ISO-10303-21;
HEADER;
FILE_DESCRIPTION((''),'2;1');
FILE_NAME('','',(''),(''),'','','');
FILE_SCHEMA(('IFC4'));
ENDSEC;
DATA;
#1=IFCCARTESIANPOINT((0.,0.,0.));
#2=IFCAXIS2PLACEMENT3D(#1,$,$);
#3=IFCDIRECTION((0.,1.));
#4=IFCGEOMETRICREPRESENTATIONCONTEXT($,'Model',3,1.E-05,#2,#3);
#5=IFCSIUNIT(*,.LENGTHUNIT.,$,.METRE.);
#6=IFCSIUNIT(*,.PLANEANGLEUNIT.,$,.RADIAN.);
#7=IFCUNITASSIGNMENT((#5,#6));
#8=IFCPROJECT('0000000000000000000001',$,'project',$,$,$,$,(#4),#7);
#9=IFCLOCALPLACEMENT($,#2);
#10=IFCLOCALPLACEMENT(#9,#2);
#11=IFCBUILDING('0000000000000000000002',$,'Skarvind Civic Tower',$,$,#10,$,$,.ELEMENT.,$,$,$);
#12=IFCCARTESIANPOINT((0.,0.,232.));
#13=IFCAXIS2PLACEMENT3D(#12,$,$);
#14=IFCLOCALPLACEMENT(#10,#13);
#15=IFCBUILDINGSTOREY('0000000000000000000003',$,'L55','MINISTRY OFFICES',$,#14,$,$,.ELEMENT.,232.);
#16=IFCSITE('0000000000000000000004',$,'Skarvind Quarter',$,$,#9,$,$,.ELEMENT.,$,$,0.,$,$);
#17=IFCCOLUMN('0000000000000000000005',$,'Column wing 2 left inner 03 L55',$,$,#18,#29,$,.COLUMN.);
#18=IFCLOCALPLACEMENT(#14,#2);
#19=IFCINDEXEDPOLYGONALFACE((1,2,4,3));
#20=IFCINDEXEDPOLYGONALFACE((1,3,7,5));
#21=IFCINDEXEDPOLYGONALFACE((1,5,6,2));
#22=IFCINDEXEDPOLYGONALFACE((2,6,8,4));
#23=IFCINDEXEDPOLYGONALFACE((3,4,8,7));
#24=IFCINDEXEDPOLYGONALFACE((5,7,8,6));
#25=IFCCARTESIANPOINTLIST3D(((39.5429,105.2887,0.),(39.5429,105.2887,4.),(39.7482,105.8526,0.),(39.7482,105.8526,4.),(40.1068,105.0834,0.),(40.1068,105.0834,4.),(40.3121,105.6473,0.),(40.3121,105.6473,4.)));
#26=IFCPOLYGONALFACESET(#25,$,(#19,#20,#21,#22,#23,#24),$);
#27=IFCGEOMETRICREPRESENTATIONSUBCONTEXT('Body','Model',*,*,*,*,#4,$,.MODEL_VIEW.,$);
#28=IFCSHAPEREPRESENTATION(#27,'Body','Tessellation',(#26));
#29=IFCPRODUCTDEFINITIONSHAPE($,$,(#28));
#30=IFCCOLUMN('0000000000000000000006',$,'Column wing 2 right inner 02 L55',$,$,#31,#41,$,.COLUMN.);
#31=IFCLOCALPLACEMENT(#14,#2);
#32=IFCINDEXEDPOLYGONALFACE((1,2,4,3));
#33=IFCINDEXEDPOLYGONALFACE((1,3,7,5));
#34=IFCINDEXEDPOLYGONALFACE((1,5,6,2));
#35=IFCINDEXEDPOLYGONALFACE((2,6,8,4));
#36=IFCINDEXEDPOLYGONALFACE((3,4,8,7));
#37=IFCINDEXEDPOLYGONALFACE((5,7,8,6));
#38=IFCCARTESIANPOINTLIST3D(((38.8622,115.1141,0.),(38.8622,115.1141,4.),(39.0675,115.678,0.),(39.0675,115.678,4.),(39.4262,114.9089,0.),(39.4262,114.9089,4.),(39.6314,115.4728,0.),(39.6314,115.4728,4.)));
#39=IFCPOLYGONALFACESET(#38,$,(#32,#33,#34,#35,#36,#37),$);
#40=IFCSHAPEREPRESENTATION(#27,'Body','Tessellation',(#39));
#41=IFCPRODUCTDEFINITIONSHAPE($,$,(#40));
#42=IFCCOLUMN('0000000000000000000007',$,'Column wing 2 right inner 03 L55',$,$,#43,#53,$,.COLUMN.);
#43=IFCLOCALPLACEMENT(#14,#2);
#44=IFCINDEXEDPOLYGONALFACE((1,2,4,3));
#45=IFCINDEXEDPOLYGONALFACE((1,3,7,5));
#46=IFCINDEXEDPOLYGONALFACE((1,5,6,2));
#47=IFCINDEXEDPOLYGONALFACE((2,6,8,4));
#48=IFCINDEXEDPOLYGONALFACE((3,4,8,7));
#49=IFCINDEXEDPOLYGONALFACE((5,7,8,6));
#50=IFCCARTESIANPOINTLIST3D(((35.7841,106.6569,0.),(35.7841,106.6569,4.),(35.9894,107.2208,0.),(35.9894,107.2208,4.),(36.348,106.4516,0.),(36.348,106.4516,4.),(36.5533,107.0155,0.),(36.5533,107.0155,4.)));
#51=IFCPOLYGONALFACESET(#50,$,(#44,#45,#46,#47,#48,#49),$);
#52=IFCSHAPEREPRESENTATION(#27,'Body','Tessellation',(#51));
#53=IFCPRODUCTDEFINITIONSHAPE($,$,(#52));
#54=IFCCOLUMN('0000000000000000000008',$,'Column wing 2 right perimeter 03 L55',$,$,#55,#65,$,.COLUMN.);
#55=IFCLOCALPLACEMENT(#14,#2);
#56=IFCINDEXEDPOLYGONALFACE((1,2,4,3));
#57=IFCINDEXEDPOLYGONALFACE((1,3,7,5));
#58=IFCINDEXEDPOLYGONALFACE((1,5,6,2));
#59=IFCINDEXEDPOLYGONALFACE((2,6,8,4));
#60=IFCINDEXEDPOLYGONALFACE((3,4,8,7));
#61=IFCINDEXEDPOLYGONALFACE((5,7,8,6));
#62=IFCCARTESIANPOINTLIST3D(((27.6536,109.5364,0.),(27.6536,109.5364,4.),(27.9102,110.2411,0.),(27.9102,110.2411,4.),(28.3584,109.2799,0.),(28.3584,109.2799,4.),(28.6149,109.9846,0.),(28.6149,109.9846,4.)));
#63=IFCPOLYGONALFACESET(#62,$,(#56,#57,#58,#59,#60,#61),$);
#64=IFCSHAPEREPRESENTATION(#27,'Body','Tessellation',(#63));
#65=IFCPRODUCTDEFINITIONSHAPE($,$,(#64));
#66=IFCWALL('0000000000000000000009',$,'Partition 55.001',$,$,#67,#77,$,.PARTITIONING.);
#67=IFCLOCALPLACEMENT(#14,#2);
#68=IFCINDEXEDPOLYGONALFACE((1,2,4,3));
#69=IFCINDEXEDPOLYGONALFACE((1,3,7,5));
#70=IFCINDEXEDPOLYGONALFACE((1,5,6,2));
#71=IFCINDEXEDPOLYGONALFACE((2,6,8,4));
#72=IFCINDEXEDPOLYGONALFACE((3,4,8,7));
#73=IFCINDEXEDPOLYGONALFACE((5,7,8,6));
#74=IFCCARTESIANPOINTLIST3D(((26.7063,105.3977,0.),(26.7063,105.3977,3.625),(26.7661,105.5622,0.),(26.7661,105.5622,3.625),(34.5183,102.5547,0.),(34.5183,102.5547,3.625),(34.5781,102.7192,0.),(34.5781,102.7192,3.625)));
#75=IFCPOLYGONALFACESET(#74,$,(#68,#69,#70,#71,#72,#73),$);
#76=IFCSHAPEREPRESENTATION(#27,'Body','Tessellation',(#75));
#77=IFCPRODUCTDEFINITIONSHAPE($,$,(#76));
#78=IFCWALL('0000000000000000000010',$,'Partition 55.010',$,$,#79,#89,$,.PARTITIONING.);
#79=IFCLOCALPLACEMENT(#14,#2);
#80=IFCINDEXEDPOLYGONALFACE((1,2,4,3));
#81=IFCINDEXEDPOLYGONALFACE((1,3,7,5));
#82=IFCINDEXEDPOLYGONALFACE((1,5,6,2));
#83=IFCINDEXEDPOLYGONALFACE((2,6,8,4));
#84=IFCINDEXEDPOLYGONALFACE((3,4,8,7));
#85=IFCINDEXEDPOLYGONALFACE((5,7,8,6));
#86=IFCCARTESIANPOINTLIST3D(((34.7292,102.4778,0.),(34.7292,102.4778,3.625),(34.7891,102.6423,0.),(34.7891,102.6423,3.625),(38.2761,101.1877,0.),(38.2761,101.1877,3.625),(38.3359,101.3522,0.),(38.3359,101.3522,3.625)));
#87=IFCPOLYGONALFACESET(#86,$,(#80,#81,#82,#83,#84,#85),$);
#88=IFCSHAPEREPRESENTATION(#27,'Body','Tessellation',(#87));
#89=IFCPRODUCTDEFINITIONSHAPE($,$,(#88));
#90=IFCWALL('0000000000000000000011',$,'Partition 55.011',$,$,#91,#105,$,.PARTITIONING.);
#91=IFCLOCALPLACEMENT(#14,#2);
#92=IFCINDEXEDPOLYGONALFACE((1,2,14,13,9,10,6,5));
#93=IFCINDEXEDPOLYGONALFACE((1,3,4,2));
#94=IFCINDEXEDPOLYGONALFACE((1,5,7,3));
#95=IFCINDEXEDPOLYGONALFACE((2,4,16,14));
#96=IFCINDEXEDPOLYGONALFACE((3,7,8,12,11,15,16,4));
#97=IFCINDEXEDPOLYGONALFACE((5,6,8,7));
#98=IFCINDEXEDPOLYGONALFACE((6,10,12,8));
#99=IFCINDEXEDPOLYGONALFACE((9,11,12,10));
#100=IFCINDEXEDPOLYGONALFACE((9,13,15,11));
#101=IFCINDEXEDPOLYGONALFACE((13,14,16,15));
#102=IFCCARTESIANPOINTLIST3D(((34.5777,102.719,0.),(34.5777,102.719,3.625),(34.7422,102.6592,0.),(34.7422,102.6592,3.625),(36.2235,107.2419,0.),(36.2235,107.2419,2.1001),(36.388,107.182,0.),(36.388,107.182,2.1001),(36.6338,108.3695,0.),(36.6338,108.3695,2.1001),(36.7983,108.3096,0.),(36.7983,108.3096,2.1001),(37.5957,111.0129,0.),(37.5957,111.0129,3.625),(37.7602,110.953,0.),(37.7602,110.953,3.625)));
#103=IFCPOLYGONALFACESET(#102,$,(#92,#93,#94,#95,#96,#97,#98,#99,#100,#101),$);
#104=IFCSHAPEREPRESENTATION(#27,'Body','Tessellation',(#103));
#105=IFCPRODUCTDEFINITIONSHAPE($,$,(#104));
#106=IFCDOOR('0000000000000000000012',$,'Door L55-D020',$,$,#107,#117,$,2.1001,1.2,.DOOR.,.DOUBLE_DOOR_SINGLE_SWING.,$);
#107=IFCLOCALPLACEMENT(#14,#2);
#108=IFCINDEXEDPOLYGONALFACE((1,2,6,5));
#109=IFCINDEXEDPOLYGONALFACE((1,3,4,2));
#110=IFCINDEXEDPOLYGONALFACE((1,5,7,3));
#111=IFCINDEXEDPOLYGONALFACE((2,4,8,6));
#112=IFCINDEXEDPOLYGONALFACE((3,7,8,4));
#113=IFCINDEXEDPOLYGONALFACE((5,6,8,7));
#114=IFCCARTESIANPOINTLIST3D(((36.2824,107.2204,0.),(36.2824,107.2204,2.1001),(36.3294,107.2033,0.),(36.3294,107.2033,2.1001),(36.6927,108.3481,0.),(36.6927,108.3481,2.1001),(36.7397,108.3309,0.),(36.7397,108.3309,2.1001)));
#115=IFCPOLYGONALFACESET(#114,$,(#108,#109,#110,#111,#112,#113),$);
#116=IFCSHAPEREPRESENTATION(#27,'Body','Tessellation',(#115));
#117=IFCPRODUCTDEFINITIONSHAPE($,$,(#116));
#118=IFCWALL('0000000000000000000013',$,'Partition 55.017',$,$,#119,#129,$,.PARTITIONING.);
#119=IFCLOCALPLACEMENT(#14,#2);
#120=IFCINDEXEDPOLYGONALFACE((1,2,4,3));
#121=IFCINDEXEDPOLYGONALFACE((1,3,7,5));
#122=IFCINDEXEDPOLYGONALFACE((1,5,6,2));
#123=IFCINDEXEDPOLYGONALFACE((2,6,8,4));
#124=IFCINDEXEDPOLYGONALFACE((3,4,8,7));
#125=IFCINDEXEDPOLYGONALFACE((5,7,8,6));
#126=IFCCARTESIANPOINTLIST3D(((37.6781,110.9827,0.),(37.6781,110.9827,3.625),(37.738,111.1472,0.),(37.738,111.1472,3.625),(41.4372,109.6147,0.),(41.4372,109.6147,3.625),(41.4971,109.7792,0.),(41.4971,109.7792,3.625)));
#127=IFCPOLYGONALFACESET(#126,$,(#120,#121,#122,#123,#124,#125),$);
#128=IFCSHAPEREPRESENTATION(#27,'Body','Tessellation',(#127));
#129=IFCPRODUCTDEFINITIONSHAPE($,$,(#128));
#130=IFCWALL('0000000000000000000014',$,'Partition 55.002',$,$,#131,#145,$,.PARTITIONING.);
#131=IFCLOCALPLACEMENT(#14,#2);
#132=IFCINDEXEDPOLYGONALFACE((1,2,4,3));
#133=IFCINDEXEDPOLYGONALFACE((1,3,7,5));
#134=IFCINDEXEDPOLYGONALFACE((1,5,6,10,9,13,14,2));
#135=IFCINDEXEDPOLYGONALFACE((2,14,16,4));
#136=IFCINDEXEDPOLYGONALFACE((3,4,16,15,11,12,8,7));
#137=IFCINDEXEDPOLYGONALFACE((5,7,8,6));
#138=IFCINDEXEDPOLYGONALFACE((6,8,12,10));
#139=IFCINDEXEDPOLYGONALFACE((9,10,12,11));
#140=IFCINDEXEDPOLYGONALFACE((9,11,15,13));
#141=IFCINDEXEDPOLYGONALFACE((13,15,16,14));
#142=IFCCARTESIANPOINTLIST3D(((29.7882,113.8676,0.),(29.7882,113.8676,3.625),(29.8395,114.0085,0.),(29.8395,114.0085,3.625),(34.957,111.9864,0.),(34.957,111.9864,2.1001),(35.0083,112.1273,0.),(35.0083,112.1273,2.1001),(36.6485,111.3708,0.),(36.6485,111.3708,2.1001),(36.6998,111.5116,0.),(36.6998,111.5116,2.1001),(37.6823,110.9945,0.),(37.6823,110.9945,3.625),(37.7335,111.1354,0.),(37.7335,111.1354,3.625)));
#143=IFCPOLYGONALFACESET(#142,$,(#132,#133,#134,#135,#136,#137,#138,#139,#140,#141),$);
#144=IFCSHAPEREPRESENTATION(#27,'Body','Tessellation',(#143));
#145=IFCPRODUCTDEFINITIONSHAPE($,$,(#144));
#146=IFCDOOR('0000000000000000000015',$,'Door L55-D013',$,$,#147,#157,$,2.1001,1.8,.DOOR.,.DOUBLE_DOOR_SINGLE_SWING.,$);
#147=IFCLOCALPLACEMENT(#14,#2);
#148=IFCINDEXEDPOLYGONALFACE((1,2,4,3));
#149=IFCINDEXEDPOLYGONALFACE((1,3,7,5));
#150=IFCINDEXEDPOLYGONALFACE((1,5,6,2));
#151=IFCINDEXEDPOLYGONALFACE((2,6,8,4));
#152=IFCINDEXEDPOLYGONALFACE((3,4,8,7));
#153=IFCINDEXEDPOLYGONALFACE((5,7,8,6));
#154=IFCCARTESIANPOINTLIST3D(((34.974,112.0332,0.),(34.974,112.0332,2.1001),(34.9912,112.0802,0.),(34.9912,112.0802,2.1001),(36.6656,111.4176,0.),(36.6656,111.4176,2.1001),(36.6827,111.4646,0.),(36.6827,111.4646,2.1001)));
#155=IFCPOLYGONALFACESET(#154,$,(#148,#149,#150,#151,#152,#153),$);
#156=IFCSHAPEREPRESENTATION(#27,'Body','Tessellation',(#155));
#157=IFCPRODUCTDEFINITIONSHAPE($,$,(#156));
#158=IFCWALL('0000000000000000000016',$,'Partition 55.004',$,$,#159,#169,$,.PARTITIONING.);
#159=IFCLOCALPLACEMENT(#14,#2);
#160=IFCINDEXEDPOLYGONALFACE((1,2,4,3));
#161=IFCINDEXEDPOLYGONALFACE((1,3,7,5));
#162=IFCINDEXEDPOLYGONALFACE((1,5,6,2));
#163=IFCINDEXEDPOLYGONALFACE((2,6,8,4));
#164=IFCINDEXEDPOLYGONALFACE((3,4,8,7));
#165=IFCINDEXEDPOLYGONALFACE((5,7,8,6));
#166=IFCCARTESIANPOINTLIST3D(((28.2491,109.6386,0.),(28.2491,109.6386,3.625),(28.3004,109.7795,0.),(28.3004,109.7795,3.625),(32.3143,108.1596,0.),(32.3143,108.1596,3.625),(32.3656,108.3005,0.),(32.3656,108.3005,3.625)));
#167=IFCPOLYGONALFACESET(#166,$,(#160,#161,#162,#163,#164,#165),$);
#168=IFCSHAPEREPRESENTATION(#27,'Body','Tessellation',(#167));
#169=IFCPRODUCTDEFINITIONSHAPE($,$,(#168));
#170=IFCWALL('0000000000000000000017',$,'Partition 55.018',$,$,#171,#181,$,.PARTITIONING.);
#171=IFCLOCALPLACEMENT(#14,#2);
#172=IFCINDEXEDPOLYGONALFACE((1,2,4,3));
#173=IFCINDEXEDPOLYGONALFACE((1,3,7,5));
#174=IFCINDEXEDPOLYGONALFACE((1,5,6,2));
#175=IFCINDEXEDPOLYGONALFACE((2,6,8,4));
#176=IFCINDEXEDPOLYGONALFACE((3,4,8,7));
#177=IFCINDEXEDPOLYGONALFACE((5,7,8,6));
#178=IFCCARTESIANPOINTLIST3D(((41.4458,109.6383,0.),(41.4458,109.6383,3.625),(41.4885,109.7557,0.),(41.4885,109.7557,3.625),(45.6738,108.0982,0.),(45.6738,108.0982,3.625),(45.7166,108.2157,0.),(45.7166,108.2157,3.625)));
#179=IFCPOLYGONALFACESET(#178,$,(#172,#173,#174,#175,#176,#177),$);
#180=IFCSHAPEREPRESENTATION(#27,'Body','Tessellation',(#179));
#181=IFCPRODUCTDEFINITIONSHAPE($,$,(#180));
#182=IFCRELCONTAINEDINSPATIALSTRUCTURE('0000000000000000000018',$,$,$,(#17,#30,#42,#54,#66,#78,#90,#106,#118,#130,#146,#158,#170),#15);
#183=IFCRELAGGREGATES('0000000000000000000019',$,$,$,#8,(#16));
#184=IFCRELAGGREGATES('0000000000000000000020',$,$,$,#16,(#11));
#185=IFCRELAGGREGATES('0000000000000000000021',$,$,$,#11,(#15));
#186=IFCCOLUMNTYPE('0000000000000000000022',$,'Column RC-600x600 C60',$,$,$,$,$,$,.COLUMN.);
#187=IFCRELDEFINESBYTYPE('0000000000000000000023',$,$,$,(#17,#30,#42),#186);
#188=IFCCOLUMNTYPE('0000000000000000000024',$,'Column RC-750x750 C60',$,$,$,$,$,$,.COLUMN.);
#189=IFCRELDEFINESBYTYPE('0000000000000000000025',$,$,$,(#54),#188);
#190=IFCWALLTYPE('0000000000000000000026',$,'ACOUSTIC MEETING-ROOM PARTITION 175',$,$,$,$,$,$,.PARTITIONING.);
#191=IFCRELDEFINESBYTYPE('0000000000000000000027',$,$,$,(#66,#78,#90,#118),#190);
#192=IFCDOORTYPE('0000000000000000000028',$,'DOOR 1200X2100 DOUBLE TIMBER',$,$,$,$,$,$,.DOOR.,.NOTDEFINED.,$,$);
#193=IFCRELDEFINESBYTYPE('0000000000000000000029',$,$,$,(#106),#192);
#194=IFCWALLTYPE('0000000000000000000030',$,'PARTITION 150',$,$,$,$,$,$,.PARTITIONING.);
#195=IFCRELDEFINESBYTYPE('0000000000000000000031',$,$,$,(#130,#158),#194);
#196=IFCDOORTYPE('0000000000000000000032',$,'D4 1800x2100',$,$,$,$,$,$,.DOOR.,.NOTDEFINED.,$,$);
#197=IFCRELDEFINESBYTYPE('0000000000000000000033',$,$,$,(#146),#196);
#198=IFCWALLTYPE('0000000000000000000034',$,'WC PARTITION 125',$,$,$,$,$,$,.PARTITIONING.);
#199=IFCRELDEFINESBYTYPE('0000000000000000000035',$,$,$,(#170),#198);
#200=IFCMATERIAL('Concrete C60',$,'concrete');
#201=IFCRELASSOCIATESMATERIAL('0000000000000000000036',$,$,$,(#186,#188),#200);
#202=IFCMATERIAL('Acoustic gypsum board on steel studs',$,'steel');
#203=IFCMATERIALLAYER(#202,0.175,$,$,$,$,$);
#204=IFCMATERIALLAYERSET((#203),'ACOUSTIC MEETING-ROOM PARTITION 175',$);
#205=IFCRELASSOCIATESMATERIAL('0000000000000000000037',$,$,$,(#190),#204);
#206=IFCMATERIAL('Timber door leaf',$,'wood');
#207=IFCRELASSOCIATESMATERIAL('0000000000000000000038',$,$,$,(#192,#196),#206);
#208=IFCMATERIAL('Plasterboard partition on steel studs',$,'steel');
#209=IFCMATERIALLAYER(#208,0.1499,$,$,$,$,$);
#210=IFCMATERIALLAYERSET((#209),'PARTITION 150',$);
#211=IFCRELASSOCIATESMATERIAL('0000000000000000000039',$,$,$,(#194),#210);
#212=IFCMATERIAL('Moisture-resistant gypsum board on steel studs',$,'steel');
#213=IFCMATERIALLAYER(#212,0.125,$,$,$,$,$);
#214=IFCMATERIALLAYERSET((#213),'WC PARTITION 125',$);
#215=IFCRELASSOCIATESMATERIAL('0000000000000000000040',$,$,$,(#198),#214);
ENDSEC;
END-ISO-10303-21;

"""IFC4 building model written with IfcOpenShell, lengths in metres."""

from ifc_helpers import new_model, si_unit, direction, frame, frame_2d, origin, origin_2d, place, context, subcontext, project, spatial, rectangle, extrude, material, layer, layer_set, material_profile, profile_set, type_object, element, fill, save


model = new_model("IFC4")

# Units and contexts
model_context = context("Model", 3, precision=1e-05, world=origin(), true_north=direction((0.0, 1.0)))
body_context = subcontext(model_context, "Body", "Model", "MODEL_VIEW")
ifc_project = project(units=[si_unit("LENGTHUNIT", "METRE"), si_unit("PLANEANGLEUNIT", "RADIAN")], contexts=[model_context])

# Site, building, storey
site_placement = place(None, origin())
site = spatial("IfcSite", under=ifc_project, at=site_placement, Name="Skarvind Quarter", CompositionType="ELEMENT", RefElevation=0.0)
building_placement = place(site_placement, origin())
building = spatial("IfcBuilding", under=site, at=building_placement, Name="Skarvind Civic Tower", CompositionType="ELEMENT")
storey_placement = place(building_placement, frame((0.0, 0.0, 232.0)))
storey = spatial("IfcBuildingStorey", under=building, at=storey_placement, Name="L55", Description="MINISTRY OFFICES", CompositionType="ELEMENT", Elevation=232.0)

# Columns
ifc_material_1 = material(Name="Concrete C60", Category="concrete")
ifc_material_profile_1 = material_profile(ifc_material_1, rectangle(XDim=0.6001, YDim=0.6001, at=origin_2d()), Name="RC-600x600")
ifc_profile_set_1 = profile_set([ifc_material_profile_1], Name="Concrete C60")
column_type_1 = type_object("IfcColumnType", Name="Column RC-600x600 C60", PredefinedType="COLUMN", material=ifc_profile_set_1)
for number, where, z_axis, x_axis, name in (
    (1, (39.9275, 105.468, 0.0), (0.0, 0.0, 1.0), (-0.34202, -0.939693, 0.0), "Column wing 2 left inner 03 L55"),
    (2, (39.2468, 115.2935, 0.0), (0.0, 0.0, 1.0), (-0.34202, -0.939693, 0.0), "Column wing 2 right inner 02 L55"),
    (3, (36.1687, 106.8362, 0.0), (0.0, 0.0, 1.0), (-0.34202, -0.939693, 0.0), "Column wing 2 right inner 03 L55"),
):
    element("IfcColumn", number, at=place(storey_placement, frame(where, z_axis=z_axis, x_axis=x_axis)), inside=storey, type_object=column_type_1, Name=name, PredefinedType="COLUMN", context=body_context, shape_type="SweptSolid", body=[
        extrude(rectangle(XDim=0.6001, YDim=0.6001, at=origin_2d()), origin(), (0.0, 0.0, 1.0), 4.0),
    ])
ifc_material_profile_2 = material_profile(ifc_material_1, rectangle(XDim=0.75, YDim=0.75, at=origin_2d()), Name="RC-750x750")
ifc_profile_set_2 = profile_set([ifc_material_profile_2], Name="Concrete C60")
column_type_2 = type_object("IfcColumnType", Name="Column RC-750x750 C60", PredefinedType="COLUMN", material=ifc_profile_set_2)
column_placement = place(storey_placement, frame((28.1343, 109.7605, 0.0), z_axis=(0.0, 0.0, 1.0), x_axis=(-0.34202, -0.939693, 0.0)))
element("IfcColumn", 4, at=column_placement, inside=storey, type_object=column_type_2, Name="Column wing 2 right perimeter 03 L55", PredefinedType="COLUMN", context=body_context, shape_type="SweptSolid", body=[
    extrude(rectangle(XDim=0.75, YDim=0.75, at=origin_2d()), origin(), (0.0, 0.0, 1.0), 4.0),
])

# Walls
ifc_material_2 = material(Name="Acoustic gypsum board on steel studs", Category="steel")
ifc_layer_1 = layer(ifc_material_2, 0.175)
ifc_layer_set_1 = layer_set([ifc_layer_1], Name="ACOUSTIC MEETING-ROOM PARTITION 175")
wall_type_1 = type_object("IfcWallType", Name="ACOUSTIC MEETING-ROOM PARTITION 175", PredefinedType="PARTITIONING", material=ifc_layer_set_1)
wall_1_placement = place(storey_placement, frame((26.7361, 105.48, 0.0), z_axis=(0.0, 0.0, 1.0), x_axis=(0.939705, -0.341986, 0.0)))
element("IfcWall", 5, at=wall_1_placement, inside=storey, type_object=wall_type_1, Name="Partition 55.001", PredefinedType="PARTITIONING", context=body_context, shape_type="SweptSolid", body=[
    extrude(rectangle(XDim=8.3132, YDim=0.175, at=frame_2d((4.1567, 0.0))), origin(), (0.0, 0.0, 1.0), 3.625),
])
wall_2_placement = place(storey_placement, frame((34.759, 102.5601, 0.0), z_axis=(0.0, 0.0, 1.0), x_axis=(0.939771, -0.341805, 0.0)))
element("IfcWall", 6, at=wall_2_placement, inside=storey, type_object=wall_type_1, Name="Partition 55.010", PredefinedType="PARTITIONING", context=body_context, shape_type="SweptSolid", body=[
    extrude(rectangle(XDim=3.7742, YDim=0.175, at=frame_2d((1.8872, 0.0))), origin(), (0.0, 0.0, 1.0), 3.625),
])

# Wall, opening, door
wall_3_placement = place(storey_placement, frame((34.6599, 102.689, 0.0), z_axis=(0.0, 0.0, 1.0), x_axis=(0.341952, 0.939717, 0.0)))
wall_3 = element("IfcWall", 7, at=wall_3_placement, inside=storey, type_object=wall_type_1, Name="Partition 55.011", PredefinedType="PARTITIONING", context=body_context, shape_type="SweptSolid", body=[
    extrude(rectangle(XDim=8.8259, YDim=0.175, at=frame_2d((4.4131, 0.0))), origin(), (0.0, 0.0, 1.0), 3.625),
])
opening_1_placement = place(wall_3_placement, frame((4.813, 0.0, 0.0)))
opening_1 = element("IfcOpeningElement", 8, at=opening_1_placement, cuts=wall_3, PredefinedType="OPENING", context=body_context, shape_type="SweptSolid", body=[
    extrude(rectangle(XDim=1.2, YDim=2.1001, at=frame_2d((0.6001, 1.05))), frame((0.0, 0.0974, 0.0), z_axis=(0.0, -1.0, 0.0), x_axis=(1.0, 0.0, 0.0)), (0.0, 0.0, 1.0), 0.1951),
])
ifc_material_3 = material(Name="Timber door leaf", Category="wood")
door_type_1 = type_object("IfcDoorType", Name="DOOR 1200X2100 DOUBLE TIMBER", OperationType="NOTDEFINED", PredefinedType="DOOR", material=ifc_material_3)
door_1_placement = place(opening_1_placement, origin())
door_1 = element("IfcDoor", 9, at=door_1_placement, inside=storey, type_object=door_type_1, Name="Door L55-D020", OperationType="DOUBLE_DOOR_SINGLE_SWING", OverallHeight=2.1001, OverallWidth=1.2, PredefinedType="DOOR", context=body_context, shape_type="SweptSolid", body=[
    extrude(rectangle(XDim=1.2, YDim=2.1001, at=frame_2d((0.6001, 1.05))), frame((0.0, 0.0249, 0.0), z_axis=(0.0, -1.0, 0.0), x_axis=(1.0, 0.0, 0.0)), (0.0, 0.0, 1.0), 0.05),
])
fill(opening_1, door_1)

# Wall
wall_4_placement = place(storey_placement, frame((41.467, 109.697, 0.0), z_axis=(0.0, 0.0, 1.0), x_axis=(-0.939713, 0.341964, 0.0)))
element("IfcWall", 10, at=wall_4_placement, inside=storey, type_object=wall_type_1, Name="Partition 55.017", PredefinedType="PARTITIONING", context=body_context, shape_type="SweptSolid", body=[
    extrude(rectangle(XDim=4.0002, YDim=0.175, at=frame_2d((2.0, 0.0))), origin(), (0.0, 0.0, 1.0), 3.625),
])

# Wall, opening, door
ifc_material_4 = material(Name="Plasterboard partition on steel studs", Category="steel")
ifc_layer_2 = layer(ifc_material_4, 0.1499)
ifc_layer_set_2 = layer_set([ifc_layer_2], Name="PARTITION 150")
wall_type_2 = type_object("IfcWallType", Name="PARTITION 150", PredefinedType="PARTITIONING", material=ifc_layer_set_2)
wall_5_placement = place(storey_placement, frame((29.814, 113.938, 0.0), z_axis=(0.0, 0.0, 1.0), x_axis=(0.939698, -0.342004, 0.0)))
wall_5 = element("IfcWall", 11, at=wall_5_placement, inside=storey, type_object=wall_type_2, Name="Partition 55.002", PredefinedType="PARTITIONING", context=body_context, shape_type="SweptSolid", body=[
    extrude(rectangle(XDim=8.4006, YDim=0.1499, at=frame_2d((4.2002, 0.0))), origin(), (0.0, 0.0, 1.0), 3.625),
])
opening_2_placement = place(wall_5_placement, frame((5.5005, 0.0, 0.0)))
opening_2 = element("IfcOpeningElement", 12, at=opening_2_placement, cuts=wall_5, PredefinedType="OPENING", context=body_context, shape_type="SweptSolid", body=[
    extrude(rectangle(XDim=1.8, YDim=2.1001, at=frame_2d((0.8999, 1.05))), frame((0.0, 0.085, 0.0), z_axis=(0.0, -1.0, 0.0), x_axis=(1.0, 0.0, 0.0)), (0.0, 0.0, 1.0), 0.1699),
])
door_type_2 = type_object("IfcDoorType", Name="D4 1800x2100", OperationType="NOTDEFINED", PredefinedType="DOOR", material=ifc_material_3)
door_2_placement = place(opening_2_placement, origin())
door_2 = element("IfcDoor", 13, at=door_2_placement, inside=storey, type_object=door_type_2, Name="Door L55-D013", OperationType="DOUBLE_DOOR_SINGLE_SWING", OverallHeight=2.1001, OverallWidth=1.8, PredefinedType="DOOR", context=body_context, shape_type="SweptSolid", body=[
    extrude(rectangle(XDim=1.8, YDim=2.1001, at=frame_2d((0.8999, 1.05))), frame((0.0, 0.0249, 0.0), z_axis=(0.0, -1.0, 0.0), x_axis=(1.0, 0.0, 0.0)), (0.0, 0.0, 1.0), 0.05),
])
fill(opening_2, door_2)

# Walls
wall_6_placement = place(storey_placement, frame((32.3401, 108.23, 0.0), z_axis=(0.0, 0.0, 1.0), x_axis=(-0.939737, 0.341897, 0.0)))
element("IfcWall", 14, at=wall_6_placement, inside=storey, type_object=wall_type_2, Name="Partition 55.004", PredefinedType="PARTITIONING", context=body_context, shape_type="SweptSolid", body=[
    extrude(rectangle(XDim=4.3259, YDim=0.1499, at=frame_2d((2.1631, 0.0))), origin(), (0.0, 0.0, 1.0), 3.625),
])
ifc_material_5 = material(Name="Moisture-resistant gypsum board on steel studs", Category="steel")
ifc_layer_3 = layer(ifc_material_5, 0.125)
ifc_layer_set_3 = layer_set([ifc_layer_3], Name="WC PARTITION 125")
wall_type_3 = type_object("IfcWallType", Name="WC PARTITION 125", PredefinedType="PARTITIONING", material=ifc_layer_set_3)
wall_7_placement = place(storey_placement, frame((41.467, 109.697, 0.0), z_axis=(0.0, 0.0, 1.0), x_axis=(0.93961, -0.342248, 0.0)))
element("IfcWall", 15, at=wall_7_placement, inside=storey, type_object=wall_type_3, Name="Partition 55.018", PredefinedType="PARTITIONING", context=body_context, shape_type="SweptSolid", body=[
    extrude(rectangle(XDim=4.4998, YDim=0.125, at=frame_2d((2.25, 0.0))), origin(), (0.0, 0.0, 1.0), 3.625),
])

save(model, "model.ifc")
